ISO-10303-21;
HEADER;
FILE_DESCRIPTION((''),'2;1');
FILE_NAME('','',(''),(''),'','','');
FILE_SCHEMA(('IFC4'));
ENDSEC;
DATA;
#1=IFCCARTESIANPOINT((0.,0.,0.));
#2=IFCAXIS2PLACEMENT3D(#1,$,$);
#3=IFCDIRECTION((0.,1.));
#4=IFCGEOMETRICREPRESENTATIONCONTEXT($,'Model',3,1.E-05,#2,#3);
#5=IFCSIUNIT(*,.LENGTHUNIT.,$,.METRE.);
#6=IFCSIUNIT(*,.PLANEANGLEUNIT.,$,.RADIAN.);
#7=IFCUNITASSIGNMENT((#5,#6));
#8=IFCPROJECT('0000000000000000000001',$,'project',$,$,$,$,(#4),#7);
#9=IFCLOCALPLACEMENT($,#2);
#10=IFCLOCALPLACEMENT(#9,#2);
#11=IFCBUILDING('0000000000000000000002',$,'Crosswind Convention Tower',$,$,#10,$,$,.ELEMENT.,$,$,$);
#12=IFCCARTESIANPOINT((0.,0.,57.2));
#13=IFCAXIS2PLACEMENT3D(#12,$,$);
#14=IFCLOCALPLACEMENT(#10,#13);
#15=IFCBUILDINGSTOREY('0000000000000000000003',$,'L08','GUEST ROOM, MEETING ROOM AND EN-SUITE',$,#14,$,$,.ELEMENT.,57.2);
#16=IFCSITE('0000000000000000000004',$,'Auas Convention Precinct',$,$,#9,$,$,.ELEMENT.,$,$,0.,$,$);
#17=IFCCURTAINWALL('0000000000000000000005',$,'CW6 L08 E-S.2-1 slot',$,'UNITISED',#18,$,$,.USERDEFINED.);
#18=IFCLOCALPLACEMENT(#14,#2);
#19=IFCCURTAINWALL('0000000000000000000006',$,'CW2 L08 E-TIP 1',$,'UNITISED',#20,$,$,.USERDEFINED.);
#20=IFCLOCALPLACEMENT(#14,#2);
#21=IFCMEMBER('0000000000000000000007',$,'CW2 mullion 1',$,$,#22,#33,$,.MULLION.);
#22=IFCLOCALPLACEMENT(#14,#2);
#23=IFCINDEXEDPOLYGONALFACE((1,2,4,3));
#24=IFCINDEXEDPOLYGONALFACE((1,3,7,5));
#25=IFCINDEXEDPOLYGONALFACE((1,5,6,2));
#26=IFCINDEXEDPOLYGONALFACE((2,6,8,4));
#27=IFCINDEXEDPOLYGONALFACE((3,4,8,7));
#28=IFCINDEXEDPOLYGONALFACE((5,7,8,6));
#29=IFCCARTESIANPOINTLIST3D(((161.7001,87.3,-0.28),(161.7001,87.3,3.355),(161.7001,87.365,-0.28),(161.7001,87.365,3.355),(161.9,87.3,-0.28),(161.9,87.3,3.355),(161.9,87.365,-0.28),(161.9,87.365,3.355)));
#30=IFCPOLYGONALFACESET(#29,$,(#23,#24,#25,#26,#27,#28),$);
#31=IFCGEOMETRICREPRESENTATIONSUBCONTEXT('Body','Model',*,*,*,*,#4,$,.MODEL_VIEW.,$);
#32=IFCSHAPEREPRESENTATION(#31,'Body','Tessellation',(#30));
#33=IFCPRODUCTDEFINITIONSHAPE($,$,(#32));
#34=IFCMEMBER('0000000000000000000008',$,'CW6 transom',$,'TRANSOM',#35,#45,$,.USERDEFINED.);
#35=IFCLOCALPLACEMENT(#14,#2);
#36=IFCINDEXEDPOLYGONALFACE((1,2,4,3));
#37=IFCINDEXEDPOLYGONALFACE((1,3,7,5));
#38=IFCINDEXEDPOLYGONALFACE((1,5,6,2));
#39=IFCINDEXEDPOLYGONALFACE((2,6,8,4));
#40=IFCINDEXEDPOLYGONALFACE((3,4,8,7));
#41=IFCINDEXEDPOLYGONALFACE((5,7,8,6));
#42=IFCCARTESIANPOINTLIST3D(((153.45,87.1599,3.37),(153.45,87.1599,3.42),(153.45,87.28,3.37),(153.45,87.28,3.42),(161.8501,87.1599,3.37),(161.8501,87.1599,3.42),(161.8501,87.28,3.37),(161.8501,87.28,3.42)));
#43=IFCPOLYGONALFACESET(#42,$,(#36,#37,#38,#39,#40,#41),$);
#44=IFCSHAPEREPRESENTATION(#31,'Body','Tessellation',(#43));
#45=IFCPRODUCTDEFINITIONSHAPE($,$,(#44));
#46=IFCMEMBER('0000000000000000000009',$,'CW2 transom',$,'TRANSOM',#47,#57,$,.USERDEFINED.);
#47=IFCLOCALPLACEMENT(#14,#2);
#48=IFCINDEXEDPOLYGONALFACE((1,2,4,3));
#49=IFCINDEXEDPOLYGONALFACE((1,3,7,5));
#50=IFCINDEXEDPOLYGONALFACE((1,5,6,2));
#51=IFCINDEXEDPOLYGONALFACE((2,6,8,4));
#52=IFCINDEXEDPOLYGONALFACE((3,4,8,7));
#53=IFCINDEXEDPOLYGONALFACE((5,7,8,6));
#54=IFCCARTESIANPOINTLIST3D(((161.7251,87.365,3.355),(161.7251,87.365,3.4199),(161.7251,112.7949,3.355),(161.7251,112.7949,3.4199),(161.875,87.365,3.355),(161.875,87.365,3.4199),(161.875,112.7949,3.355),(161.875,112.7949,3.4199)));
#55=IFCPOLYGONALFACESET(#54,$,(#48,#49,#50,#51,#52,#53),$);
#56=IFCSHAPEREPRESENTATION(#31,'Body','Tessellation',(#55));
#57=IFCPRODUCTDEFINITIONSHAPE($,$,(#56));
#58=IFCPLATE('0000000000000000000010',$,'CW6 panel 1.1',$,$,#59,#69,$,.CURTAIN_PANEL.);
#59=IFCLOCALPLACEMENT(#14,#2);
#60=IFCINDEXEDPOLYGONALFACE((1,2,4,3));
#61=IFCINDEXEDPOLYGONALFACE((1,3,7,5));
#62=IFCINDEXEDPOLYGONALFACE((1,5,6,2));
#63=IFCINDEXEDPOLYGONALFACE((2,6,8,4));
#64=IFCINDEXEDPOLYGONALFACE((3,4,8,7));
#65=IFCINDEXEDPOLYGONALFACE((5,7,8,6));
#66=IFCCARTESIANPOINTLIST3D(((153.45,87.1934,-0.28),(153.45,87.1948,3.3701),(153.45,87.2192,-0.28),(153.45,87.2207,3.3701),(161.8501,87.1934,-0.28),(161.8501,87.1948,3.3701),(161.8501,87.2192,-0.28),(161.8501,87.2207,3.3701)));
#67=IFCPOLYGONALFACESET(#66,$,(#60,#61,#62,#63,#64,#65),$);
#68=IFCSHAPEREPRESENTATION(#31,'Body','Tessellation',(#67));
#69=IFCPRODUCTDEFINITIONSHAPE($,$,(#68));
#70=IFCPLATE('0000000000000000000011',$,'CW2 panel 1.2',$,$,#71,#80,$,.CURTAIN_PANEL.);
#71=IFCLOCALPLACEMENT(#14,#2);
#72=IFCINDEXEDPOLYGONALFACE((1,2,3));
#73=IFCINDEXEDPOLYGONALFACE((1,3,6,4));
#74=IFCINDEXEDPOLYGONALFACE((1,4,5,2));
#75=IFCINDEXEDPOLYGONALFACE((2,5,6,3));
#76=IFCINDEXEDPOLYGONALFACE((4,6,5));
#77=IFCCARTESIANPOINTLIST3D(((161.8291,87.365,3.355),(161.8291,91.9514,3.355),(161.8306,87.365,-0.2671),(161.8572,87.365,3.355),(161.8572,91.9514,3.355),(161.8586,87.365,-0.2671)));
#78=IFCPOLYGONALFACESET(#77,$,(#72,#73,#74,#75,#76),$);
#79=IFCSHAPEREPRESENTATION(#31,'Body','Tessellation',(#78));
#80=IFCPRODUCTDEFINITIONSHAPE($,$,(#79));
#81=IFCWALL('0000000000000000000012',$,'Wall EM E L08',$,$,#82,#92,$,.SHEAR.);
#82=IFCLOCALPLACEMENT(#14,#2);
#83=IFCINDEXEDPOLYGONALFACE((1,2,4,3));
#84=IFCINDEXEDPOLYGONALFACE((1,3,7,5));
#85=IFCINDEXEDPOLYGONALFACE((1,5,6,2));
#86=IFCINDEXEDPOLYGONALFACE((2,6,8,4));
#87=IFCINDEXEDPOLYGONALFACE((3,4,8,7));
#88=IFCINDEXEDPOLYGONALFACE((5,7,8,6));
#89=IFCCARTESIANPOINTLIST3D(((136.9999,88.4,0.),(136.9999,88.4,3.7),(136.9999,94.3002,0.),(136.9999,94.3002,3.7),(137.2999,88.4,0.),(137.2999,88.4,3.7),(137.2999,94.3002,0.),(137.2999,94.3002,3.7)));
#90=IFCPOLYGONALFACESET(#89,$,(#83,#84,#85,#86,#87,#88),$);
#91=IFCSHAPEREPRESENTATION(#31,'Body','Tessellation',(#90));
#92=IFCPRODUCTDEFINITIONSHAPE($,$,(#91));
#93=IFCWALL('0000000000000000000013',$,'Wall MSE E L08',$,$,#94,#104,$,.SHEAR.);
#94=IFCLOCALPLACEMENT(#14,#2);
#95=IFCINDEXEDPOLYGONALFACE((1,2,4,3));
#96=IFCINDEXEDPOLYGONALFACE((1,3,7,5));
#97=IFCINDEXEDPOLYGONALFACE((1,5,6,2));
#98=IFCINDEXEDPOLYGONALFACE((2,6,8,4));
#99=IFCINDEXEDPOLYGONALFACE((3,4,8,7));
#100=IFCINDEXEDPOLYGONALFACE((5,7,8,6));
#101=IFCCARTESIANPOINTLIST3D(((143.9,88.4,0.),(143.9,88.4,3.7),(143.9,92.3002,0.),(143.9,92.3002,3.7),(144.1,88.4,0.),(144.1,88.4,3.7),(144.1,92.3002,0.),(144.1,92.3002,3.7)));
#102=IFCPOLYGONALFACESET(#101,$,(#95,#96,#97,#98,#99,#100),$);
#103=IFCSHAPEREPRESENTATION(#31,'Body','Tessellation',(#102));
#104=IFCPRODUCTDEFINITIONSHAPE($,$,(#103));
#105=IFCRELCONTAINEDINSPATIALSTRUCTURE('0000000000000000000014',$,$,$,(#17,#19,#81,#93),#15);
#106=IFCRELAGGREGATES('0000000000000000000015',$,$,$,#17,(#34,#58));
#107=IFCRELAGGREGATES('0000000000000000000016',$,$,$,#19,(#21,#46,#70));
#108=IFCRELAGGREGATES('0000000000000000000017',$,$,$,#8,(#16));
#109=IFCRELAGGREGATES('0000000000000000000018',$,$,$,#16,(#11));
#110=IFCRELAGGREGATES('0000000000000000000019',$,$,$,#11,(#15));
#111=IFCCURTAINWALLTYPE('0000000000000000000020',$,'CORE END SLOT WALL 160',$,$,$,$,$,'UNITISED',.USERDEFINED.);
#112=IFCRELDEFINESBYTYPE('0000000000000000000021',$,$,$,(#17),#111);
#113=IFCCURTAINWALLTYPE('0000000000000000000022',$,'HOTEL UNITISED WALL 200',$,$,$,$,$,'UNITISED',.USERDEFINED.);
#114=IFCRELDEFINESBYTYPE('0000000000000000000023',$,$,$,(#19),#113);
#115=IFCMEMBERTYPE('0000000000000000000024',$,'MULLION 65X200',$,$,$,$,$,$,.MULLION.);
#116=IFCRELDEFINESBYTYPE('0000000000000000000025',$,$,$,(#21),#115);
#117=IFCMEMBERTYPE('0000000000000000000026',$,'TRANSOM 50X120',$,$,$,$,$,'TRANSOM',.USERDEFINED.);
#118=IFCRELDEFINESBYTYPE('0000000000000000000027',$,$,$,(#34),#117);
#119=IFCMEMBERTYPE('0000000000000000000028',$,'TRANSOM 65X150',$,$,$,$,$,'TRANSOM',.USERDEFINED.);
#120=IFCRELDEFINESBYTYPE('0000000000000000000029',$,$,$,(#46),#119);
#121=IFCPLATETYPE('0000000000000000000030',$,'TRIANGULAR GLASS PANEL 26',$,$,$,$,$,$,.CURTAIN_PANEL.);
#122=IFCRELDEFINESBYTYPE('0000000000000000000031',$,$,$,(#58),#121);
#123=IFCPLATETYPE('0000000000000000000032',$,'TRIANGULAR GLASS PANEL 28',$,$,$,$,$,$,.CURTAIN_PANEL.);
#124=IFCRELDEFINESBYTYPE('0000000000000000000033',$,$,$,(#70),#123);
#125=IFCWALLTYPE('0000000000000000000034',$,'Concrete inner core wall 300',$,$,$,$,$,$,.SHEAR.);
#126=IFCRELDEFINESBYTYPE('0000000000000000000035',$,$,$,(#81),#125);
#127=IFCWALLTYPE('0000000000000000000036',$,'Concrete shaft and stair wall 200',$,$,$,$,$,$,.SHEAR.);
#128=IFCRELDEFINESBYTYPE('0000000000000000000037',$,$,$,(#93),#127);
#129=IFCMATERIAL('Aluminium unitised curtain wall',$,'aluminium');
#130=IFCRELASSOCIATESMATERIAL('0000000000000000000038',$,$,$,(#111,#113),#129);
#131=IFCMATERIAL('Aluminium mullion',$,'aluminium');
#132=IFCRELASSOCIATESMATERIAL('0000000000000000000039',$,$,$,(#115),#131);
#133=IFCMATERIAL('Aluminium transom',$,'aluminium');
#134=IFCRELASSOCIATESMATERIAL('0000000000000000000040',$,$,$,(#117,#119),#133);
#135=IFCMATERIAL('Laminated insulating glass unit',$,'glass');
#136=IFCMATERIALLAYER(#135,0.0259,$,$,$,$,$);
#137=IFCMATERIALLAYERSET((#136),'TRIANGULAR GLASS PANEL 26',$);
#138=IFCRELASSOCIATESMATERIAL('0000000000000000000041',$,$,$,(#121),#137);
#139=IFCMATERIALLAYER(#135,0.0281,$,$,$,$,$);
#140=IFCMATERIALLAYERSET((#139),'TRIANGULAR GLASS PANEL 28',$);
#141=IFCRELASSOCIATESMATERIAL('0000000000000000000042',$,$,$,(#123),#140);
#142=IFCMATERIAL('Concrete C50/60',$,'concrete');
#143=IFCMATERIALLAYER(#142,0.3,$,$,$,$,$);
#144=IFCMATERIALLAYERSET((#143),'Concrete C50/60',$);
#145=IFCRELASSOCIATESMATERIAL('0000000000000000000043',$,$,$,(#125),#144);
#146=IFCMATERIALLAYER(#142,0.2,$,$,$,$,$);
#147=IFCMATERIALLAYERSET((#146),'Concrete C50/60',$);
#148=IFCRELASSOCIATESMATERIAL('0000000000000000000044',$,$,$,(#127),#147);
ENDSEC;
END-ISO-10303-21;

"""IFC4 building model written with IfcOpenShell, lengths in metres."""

from ifc_helpers import new_model, si_unit, direction, frame, frame_2d, origin, origin_2d, place, context, subcontext, project, spatial, polyline, rectangle, outline, extrude, material, layer, layer_set, material_profile, profile_set, type_object, element, aggregate, save


model = new_model("IFC4")

# Units and contexts
model_context = context("Model", 3, precision=1e-05, world=origin(), true_north=direction((0.0, 1.0)))
body_context = subcontext(model_context, "Body", "Model", "MODEL_VIEW")
ifc_project = project(units=[si_unit("LENGTHUNIT", "METRE"), si_unit("PLANEANGLEUNIT", "RADIAN")], contexts=[model_context])

# Site, building, storey
site_placement = place(None, origin())
site = spatial("IfcSite", under=ifc_project, at=site_placement, Name="Auas Convention Precinct", CompositionType="ELEMENT", RefElevation=0.0)
building_placement = place(site_placement, origin())
building = spatial("IfcBuilding", under=site, at=building_placement, Name="Crosswind Convention Tower", CompositionType="ELEMENT")
storey_placement = place(building_placement, frame((0.0, 0.0, 57.2)))
storey = spatial("IfcBuildingStorey", under=building, at=storey_placement, Name="L08", Description="GUEST ROOM, MEETING ROOM AND EN-SUITE", CompositionType="ELEMENT", Elevation=57.2)

# Curtain wall
ifc_material_1 = material(Name="Aluminium unitised curtain wall", Category="aluminium")
curtain_wall_type_1 = type_object("IfcCurtainWallType", Name="CORE END SLOT WALL 160", ElementType="UNITISED", PredefinedType="USERDEFINED", material=ifc_material_1)
curtain_wall_1_placement = place(storey_placement, origin())
curtain_wall_1 = element("IfcCurtainWall", 1, at=curtain_wall_1_placement, inside=storey, type_object=curtain_wall_type_1, Name="CW6 L08 E-S.2-1 slot", ObjectType="UNITISED", PredefinedType="USERDEFINED")
ifc_material_2 = material(Name="Aluminium mullion", Category="aluminium")

# Curtain wall, member
curtain_wall_type_2 = type_object("IfcCurtainWallType", Name="HOTEL UNITISED WALL 200", ElementType="UNITISED", PredefinedType="USERDEFINED", material=ifc_material_1)
curtain_wall_2_placement = place(storey_placement, origin())
curtain_wall_2 = element("IfcCurtainWall", 2, at=curtain_wall_2_placement, inside=storey, type_object=curtain_wall_type_2, Name="CW2 L08 E-TIP 1", ObjectType="UNITISED", PredefinedType="USERDEFINED")
ifc_material_profile_1 = material_profile(ifc_material_2, rectangle(XDim=0.2, YDim=0.0649, at=origin_2d()), Name="AL 200X65")
ifc_profile_set_1 = profile_set([ifc_material_profile_1], Name="Aluminium mullion")
member_type_1 = type_object("IfcMemberType", Name="MULLION 65X200", PredefinedType="MULLION", material=ifc_profile_set_1)
member_1_placement = place(storey_placement, frame((161.8, 87.3325, -0.28), z_axis=(0.0, 0.0, 1.0), x_axis=(1.0, 0.0, 0.0)))
member_1 = element("IfcMember", 3, at=member_1_placement, type_object=member_type_1, Name="CW2 mullion 1", PredefinedType="MULLION", context=body_context, shape_type="SweptSolid", body=[
    extrude(rectangle(XDim=0.2, YDim=0.0649, at=origin_2d()), origin(), (0.0, 0.0, 1.0), 3.635),
])

# Members
ifc_material_3 = material(Name="Aluminium transom", Category="aluminium")
ifc_material_profile_2 = material_profile(ifc_material_3, rectangle(XDim=0.1201, YDim=0.05, at=origin_2d()), Name="AL 120X50")
ifc_profile_set_2 = profile_set([ifc_material_profile_2], Name="Aluminium transom")
member_type_2 = type_object("IfcMemberType", Name="TRANSOM 50X120", ElementType="TRANSOM", PredefinedType="USERDEFINED", material=ifc_profile_set_2)
member_2_placement = place(storey_placement, frame((153.45, 87.22, 3.395), z_axis=(1.0, 0.0, 0.0), x_axis=(0.0, 1.0, 0.0)))
member_2 = element("IfcMember", 4, at=member_2_placement, type_object=member_type_2, Name="CW6 transom", ObjectType="TRANSOM", PredefinedType="USERDEFINED", context=body_context, shape_type="SweptSolid", body=[
    extrude(rectangle(XDim=0.1201, YDim=0.05, at=origin_2d()), origin(), (0.0, 0.0, 1.0), 8.4001),
])
ifc_material_profile_3 = material_profile(ifc_material_3, rectangle(XDim=0.1499, YDim=0.0649, at=origin_2d()), Name="AL 150X65")
ifc_profile_set_3 = profile_set([ifc_material_profile_3], Name="Aluminium transom")
member_type_3 = type_object("IfcMemberType", Name="TRANSOM 65X150", ElementType="TRANSOM", PredefinedType="USERDEFINED", material=ifc_profile_set_3)
member_3_placement = place(storey_placement, frame((161.8, 87.365, 3.3875), z_axis=(0.0, 1.0, 0.0), x_axis=(-1.0, 0.0, 0.0)))
member_3 = element("IfcMember", 5, at=member_3_placement, type_object=member_type_3, Name="CW2 transom", ObjectType="TRANSOM", PredefinedType="USERDEFINED", context=body_context, shape_type="SweptSolid", body=[
    extrude(rectangle(XDim=0.1499, YDim=0.0649, at=origin_2d()), origin(), (0.0, 0.0, 1.0), 25.4299),
])

# Plates
ifc_material_4 = material(Name="Laminated insulating glass unit", Category="glass")
ifc_layer_1 = layer(ifc_material_4, 0.0259)
ifc_layer_set_1 = layer_set([ifc_layer_1], Name="TRIANGULAR GLASS PANEL 26")
plate_type_1 = type_object("IfcPlateType", Name="TRIANGULAR GLASS PANEL 26", PredefinedType="CURTAIN_PANEL", material=ifc_layer_set_1)
plate_1_placement = place(storey_placement, frame((153.45, 87.1934, -0.28), z_axis=(0.0, -1.0, 0.000401), x_axis=(1.0, 0.0, 0.0)))
plate_1 = element("IfcPlate", 6, at=plate_1_placement, type_object=plate_type_1, Name="CW6 panel 1.1", PredefinedType="CURTAIN_PANEL", context=body_context, shape_type="SweptSolid", body=[
    extrude(outline(polyline([(0.0, 0.0), (8.4001, 0.0), (8.4001, 3.6501), (0.0, 3.6501), (0.0, 0.0)])), origin(), (0.0, 0.0, -1.0), 0.0259),
])
aggregate(curtain_wall_1, [member_2, plate_1])
ifc_layer_2 = layer(ifc_material_4, 0.0281)
ifc_layer_set_2 = layer_set([ifc_layer_2], Name="TRIANGULAR GLASS PANEL 28")
plate_type_2 = type_object("IfcPlateType", Name="TRIANGULAR GLASS PANEL 28", PredefinedType="CURTAIN_PANEL", material=ifc_layer_set_2)
plate_2_placement = place(storey_placement, frame((161.8572, 87.365, 3.355), z_axis=(1.0, 0.0, 0.000404), x_axis=(0.000404, 0.0, -1.0)))
plate_2 = element("IfcPlate", 7, at=plate_2_placement, type_object=plate_type_2, Name="CW2 panel 1.2", PredefinedType="CURTAIN_PANEL", context=body_context, shape_type="SweptSolid", body=[
    extrude(outline(polyline([(0.0, 0.0), (3.6221, 0.0), (0.0, 4.5864), (0.0, 0.0)])), origin(), (0.0, 0.0, -1.0), 0.0281),
])

# Walls
ifc_material_5 = material(Name="Concrete C50/60", Category="concrete")
ifc_layer_3 = layer(ifc_material_5, 0.3)
ifc_layer_set_3 = layer_set([ifc_layer_3], Name="Concrete C50/60")
wall_type_1 = type_object("IfcWallType", Name="Concrete inner core wall 300", PredefinedType="SHEAR", material=ifc_layer_set_3)
wall_1_placement = place(storey_placement, frame((137.1499, 88.3999, 0.0), z_axis=(0.0, 0.0, 1.0), x_axis=(0.0, 1.0, 0.0)))
element("IfcWall", 8, at=wall_1_placement, inside=storey, type_object=wall_type_1, Name="Wall EM E L08", PredefinedType="SHEAR", context=body_context, shape_type="SweptSolid", body=[
    extrude(rectangle(XDim=5.9001, YDim=0.3, at=frame_2d((2.9502, 0.0))), origin(), (0.0, 0.0, 1.0), 3.7),
])
ifc_layer_4 = layer(ifc_material_5, 0.2)
ifc_layer_set_4 = layer_set([ifc_layer_4], Name="Concrete C50/60")
wall_type_2 = type_object("IfcWallType", Name="Concrete shaft and stair wall 200", PredefinedType="SHEAR", material=ifc_layer_set_4)
wall_2_placement = place(storey_placement, frame((144.0, 88.3999, 0.0), z_axis=(0.0, 0.0, 1.0), x_axis=(0.0, 1.0, 0.0)))
element("IfcWall", 9, at=wall_2_placement, inside=storey, type_object=wall_type_2, Name="Wall MSE E L08", PredefinedType="SHEAR", context=body_context, shape_type="SweptSolid", body=[
    extrude(rectangle(XDim=3.9001, YDim=0.2, at=frame_2d((1.9502, 0.0))), origin(), (0.0, 0.0, 1.0), 3.7),
])

aggregate(curtain_wall_2, [member_1, member_3, plate_2])

save(model, "model.ifc")
